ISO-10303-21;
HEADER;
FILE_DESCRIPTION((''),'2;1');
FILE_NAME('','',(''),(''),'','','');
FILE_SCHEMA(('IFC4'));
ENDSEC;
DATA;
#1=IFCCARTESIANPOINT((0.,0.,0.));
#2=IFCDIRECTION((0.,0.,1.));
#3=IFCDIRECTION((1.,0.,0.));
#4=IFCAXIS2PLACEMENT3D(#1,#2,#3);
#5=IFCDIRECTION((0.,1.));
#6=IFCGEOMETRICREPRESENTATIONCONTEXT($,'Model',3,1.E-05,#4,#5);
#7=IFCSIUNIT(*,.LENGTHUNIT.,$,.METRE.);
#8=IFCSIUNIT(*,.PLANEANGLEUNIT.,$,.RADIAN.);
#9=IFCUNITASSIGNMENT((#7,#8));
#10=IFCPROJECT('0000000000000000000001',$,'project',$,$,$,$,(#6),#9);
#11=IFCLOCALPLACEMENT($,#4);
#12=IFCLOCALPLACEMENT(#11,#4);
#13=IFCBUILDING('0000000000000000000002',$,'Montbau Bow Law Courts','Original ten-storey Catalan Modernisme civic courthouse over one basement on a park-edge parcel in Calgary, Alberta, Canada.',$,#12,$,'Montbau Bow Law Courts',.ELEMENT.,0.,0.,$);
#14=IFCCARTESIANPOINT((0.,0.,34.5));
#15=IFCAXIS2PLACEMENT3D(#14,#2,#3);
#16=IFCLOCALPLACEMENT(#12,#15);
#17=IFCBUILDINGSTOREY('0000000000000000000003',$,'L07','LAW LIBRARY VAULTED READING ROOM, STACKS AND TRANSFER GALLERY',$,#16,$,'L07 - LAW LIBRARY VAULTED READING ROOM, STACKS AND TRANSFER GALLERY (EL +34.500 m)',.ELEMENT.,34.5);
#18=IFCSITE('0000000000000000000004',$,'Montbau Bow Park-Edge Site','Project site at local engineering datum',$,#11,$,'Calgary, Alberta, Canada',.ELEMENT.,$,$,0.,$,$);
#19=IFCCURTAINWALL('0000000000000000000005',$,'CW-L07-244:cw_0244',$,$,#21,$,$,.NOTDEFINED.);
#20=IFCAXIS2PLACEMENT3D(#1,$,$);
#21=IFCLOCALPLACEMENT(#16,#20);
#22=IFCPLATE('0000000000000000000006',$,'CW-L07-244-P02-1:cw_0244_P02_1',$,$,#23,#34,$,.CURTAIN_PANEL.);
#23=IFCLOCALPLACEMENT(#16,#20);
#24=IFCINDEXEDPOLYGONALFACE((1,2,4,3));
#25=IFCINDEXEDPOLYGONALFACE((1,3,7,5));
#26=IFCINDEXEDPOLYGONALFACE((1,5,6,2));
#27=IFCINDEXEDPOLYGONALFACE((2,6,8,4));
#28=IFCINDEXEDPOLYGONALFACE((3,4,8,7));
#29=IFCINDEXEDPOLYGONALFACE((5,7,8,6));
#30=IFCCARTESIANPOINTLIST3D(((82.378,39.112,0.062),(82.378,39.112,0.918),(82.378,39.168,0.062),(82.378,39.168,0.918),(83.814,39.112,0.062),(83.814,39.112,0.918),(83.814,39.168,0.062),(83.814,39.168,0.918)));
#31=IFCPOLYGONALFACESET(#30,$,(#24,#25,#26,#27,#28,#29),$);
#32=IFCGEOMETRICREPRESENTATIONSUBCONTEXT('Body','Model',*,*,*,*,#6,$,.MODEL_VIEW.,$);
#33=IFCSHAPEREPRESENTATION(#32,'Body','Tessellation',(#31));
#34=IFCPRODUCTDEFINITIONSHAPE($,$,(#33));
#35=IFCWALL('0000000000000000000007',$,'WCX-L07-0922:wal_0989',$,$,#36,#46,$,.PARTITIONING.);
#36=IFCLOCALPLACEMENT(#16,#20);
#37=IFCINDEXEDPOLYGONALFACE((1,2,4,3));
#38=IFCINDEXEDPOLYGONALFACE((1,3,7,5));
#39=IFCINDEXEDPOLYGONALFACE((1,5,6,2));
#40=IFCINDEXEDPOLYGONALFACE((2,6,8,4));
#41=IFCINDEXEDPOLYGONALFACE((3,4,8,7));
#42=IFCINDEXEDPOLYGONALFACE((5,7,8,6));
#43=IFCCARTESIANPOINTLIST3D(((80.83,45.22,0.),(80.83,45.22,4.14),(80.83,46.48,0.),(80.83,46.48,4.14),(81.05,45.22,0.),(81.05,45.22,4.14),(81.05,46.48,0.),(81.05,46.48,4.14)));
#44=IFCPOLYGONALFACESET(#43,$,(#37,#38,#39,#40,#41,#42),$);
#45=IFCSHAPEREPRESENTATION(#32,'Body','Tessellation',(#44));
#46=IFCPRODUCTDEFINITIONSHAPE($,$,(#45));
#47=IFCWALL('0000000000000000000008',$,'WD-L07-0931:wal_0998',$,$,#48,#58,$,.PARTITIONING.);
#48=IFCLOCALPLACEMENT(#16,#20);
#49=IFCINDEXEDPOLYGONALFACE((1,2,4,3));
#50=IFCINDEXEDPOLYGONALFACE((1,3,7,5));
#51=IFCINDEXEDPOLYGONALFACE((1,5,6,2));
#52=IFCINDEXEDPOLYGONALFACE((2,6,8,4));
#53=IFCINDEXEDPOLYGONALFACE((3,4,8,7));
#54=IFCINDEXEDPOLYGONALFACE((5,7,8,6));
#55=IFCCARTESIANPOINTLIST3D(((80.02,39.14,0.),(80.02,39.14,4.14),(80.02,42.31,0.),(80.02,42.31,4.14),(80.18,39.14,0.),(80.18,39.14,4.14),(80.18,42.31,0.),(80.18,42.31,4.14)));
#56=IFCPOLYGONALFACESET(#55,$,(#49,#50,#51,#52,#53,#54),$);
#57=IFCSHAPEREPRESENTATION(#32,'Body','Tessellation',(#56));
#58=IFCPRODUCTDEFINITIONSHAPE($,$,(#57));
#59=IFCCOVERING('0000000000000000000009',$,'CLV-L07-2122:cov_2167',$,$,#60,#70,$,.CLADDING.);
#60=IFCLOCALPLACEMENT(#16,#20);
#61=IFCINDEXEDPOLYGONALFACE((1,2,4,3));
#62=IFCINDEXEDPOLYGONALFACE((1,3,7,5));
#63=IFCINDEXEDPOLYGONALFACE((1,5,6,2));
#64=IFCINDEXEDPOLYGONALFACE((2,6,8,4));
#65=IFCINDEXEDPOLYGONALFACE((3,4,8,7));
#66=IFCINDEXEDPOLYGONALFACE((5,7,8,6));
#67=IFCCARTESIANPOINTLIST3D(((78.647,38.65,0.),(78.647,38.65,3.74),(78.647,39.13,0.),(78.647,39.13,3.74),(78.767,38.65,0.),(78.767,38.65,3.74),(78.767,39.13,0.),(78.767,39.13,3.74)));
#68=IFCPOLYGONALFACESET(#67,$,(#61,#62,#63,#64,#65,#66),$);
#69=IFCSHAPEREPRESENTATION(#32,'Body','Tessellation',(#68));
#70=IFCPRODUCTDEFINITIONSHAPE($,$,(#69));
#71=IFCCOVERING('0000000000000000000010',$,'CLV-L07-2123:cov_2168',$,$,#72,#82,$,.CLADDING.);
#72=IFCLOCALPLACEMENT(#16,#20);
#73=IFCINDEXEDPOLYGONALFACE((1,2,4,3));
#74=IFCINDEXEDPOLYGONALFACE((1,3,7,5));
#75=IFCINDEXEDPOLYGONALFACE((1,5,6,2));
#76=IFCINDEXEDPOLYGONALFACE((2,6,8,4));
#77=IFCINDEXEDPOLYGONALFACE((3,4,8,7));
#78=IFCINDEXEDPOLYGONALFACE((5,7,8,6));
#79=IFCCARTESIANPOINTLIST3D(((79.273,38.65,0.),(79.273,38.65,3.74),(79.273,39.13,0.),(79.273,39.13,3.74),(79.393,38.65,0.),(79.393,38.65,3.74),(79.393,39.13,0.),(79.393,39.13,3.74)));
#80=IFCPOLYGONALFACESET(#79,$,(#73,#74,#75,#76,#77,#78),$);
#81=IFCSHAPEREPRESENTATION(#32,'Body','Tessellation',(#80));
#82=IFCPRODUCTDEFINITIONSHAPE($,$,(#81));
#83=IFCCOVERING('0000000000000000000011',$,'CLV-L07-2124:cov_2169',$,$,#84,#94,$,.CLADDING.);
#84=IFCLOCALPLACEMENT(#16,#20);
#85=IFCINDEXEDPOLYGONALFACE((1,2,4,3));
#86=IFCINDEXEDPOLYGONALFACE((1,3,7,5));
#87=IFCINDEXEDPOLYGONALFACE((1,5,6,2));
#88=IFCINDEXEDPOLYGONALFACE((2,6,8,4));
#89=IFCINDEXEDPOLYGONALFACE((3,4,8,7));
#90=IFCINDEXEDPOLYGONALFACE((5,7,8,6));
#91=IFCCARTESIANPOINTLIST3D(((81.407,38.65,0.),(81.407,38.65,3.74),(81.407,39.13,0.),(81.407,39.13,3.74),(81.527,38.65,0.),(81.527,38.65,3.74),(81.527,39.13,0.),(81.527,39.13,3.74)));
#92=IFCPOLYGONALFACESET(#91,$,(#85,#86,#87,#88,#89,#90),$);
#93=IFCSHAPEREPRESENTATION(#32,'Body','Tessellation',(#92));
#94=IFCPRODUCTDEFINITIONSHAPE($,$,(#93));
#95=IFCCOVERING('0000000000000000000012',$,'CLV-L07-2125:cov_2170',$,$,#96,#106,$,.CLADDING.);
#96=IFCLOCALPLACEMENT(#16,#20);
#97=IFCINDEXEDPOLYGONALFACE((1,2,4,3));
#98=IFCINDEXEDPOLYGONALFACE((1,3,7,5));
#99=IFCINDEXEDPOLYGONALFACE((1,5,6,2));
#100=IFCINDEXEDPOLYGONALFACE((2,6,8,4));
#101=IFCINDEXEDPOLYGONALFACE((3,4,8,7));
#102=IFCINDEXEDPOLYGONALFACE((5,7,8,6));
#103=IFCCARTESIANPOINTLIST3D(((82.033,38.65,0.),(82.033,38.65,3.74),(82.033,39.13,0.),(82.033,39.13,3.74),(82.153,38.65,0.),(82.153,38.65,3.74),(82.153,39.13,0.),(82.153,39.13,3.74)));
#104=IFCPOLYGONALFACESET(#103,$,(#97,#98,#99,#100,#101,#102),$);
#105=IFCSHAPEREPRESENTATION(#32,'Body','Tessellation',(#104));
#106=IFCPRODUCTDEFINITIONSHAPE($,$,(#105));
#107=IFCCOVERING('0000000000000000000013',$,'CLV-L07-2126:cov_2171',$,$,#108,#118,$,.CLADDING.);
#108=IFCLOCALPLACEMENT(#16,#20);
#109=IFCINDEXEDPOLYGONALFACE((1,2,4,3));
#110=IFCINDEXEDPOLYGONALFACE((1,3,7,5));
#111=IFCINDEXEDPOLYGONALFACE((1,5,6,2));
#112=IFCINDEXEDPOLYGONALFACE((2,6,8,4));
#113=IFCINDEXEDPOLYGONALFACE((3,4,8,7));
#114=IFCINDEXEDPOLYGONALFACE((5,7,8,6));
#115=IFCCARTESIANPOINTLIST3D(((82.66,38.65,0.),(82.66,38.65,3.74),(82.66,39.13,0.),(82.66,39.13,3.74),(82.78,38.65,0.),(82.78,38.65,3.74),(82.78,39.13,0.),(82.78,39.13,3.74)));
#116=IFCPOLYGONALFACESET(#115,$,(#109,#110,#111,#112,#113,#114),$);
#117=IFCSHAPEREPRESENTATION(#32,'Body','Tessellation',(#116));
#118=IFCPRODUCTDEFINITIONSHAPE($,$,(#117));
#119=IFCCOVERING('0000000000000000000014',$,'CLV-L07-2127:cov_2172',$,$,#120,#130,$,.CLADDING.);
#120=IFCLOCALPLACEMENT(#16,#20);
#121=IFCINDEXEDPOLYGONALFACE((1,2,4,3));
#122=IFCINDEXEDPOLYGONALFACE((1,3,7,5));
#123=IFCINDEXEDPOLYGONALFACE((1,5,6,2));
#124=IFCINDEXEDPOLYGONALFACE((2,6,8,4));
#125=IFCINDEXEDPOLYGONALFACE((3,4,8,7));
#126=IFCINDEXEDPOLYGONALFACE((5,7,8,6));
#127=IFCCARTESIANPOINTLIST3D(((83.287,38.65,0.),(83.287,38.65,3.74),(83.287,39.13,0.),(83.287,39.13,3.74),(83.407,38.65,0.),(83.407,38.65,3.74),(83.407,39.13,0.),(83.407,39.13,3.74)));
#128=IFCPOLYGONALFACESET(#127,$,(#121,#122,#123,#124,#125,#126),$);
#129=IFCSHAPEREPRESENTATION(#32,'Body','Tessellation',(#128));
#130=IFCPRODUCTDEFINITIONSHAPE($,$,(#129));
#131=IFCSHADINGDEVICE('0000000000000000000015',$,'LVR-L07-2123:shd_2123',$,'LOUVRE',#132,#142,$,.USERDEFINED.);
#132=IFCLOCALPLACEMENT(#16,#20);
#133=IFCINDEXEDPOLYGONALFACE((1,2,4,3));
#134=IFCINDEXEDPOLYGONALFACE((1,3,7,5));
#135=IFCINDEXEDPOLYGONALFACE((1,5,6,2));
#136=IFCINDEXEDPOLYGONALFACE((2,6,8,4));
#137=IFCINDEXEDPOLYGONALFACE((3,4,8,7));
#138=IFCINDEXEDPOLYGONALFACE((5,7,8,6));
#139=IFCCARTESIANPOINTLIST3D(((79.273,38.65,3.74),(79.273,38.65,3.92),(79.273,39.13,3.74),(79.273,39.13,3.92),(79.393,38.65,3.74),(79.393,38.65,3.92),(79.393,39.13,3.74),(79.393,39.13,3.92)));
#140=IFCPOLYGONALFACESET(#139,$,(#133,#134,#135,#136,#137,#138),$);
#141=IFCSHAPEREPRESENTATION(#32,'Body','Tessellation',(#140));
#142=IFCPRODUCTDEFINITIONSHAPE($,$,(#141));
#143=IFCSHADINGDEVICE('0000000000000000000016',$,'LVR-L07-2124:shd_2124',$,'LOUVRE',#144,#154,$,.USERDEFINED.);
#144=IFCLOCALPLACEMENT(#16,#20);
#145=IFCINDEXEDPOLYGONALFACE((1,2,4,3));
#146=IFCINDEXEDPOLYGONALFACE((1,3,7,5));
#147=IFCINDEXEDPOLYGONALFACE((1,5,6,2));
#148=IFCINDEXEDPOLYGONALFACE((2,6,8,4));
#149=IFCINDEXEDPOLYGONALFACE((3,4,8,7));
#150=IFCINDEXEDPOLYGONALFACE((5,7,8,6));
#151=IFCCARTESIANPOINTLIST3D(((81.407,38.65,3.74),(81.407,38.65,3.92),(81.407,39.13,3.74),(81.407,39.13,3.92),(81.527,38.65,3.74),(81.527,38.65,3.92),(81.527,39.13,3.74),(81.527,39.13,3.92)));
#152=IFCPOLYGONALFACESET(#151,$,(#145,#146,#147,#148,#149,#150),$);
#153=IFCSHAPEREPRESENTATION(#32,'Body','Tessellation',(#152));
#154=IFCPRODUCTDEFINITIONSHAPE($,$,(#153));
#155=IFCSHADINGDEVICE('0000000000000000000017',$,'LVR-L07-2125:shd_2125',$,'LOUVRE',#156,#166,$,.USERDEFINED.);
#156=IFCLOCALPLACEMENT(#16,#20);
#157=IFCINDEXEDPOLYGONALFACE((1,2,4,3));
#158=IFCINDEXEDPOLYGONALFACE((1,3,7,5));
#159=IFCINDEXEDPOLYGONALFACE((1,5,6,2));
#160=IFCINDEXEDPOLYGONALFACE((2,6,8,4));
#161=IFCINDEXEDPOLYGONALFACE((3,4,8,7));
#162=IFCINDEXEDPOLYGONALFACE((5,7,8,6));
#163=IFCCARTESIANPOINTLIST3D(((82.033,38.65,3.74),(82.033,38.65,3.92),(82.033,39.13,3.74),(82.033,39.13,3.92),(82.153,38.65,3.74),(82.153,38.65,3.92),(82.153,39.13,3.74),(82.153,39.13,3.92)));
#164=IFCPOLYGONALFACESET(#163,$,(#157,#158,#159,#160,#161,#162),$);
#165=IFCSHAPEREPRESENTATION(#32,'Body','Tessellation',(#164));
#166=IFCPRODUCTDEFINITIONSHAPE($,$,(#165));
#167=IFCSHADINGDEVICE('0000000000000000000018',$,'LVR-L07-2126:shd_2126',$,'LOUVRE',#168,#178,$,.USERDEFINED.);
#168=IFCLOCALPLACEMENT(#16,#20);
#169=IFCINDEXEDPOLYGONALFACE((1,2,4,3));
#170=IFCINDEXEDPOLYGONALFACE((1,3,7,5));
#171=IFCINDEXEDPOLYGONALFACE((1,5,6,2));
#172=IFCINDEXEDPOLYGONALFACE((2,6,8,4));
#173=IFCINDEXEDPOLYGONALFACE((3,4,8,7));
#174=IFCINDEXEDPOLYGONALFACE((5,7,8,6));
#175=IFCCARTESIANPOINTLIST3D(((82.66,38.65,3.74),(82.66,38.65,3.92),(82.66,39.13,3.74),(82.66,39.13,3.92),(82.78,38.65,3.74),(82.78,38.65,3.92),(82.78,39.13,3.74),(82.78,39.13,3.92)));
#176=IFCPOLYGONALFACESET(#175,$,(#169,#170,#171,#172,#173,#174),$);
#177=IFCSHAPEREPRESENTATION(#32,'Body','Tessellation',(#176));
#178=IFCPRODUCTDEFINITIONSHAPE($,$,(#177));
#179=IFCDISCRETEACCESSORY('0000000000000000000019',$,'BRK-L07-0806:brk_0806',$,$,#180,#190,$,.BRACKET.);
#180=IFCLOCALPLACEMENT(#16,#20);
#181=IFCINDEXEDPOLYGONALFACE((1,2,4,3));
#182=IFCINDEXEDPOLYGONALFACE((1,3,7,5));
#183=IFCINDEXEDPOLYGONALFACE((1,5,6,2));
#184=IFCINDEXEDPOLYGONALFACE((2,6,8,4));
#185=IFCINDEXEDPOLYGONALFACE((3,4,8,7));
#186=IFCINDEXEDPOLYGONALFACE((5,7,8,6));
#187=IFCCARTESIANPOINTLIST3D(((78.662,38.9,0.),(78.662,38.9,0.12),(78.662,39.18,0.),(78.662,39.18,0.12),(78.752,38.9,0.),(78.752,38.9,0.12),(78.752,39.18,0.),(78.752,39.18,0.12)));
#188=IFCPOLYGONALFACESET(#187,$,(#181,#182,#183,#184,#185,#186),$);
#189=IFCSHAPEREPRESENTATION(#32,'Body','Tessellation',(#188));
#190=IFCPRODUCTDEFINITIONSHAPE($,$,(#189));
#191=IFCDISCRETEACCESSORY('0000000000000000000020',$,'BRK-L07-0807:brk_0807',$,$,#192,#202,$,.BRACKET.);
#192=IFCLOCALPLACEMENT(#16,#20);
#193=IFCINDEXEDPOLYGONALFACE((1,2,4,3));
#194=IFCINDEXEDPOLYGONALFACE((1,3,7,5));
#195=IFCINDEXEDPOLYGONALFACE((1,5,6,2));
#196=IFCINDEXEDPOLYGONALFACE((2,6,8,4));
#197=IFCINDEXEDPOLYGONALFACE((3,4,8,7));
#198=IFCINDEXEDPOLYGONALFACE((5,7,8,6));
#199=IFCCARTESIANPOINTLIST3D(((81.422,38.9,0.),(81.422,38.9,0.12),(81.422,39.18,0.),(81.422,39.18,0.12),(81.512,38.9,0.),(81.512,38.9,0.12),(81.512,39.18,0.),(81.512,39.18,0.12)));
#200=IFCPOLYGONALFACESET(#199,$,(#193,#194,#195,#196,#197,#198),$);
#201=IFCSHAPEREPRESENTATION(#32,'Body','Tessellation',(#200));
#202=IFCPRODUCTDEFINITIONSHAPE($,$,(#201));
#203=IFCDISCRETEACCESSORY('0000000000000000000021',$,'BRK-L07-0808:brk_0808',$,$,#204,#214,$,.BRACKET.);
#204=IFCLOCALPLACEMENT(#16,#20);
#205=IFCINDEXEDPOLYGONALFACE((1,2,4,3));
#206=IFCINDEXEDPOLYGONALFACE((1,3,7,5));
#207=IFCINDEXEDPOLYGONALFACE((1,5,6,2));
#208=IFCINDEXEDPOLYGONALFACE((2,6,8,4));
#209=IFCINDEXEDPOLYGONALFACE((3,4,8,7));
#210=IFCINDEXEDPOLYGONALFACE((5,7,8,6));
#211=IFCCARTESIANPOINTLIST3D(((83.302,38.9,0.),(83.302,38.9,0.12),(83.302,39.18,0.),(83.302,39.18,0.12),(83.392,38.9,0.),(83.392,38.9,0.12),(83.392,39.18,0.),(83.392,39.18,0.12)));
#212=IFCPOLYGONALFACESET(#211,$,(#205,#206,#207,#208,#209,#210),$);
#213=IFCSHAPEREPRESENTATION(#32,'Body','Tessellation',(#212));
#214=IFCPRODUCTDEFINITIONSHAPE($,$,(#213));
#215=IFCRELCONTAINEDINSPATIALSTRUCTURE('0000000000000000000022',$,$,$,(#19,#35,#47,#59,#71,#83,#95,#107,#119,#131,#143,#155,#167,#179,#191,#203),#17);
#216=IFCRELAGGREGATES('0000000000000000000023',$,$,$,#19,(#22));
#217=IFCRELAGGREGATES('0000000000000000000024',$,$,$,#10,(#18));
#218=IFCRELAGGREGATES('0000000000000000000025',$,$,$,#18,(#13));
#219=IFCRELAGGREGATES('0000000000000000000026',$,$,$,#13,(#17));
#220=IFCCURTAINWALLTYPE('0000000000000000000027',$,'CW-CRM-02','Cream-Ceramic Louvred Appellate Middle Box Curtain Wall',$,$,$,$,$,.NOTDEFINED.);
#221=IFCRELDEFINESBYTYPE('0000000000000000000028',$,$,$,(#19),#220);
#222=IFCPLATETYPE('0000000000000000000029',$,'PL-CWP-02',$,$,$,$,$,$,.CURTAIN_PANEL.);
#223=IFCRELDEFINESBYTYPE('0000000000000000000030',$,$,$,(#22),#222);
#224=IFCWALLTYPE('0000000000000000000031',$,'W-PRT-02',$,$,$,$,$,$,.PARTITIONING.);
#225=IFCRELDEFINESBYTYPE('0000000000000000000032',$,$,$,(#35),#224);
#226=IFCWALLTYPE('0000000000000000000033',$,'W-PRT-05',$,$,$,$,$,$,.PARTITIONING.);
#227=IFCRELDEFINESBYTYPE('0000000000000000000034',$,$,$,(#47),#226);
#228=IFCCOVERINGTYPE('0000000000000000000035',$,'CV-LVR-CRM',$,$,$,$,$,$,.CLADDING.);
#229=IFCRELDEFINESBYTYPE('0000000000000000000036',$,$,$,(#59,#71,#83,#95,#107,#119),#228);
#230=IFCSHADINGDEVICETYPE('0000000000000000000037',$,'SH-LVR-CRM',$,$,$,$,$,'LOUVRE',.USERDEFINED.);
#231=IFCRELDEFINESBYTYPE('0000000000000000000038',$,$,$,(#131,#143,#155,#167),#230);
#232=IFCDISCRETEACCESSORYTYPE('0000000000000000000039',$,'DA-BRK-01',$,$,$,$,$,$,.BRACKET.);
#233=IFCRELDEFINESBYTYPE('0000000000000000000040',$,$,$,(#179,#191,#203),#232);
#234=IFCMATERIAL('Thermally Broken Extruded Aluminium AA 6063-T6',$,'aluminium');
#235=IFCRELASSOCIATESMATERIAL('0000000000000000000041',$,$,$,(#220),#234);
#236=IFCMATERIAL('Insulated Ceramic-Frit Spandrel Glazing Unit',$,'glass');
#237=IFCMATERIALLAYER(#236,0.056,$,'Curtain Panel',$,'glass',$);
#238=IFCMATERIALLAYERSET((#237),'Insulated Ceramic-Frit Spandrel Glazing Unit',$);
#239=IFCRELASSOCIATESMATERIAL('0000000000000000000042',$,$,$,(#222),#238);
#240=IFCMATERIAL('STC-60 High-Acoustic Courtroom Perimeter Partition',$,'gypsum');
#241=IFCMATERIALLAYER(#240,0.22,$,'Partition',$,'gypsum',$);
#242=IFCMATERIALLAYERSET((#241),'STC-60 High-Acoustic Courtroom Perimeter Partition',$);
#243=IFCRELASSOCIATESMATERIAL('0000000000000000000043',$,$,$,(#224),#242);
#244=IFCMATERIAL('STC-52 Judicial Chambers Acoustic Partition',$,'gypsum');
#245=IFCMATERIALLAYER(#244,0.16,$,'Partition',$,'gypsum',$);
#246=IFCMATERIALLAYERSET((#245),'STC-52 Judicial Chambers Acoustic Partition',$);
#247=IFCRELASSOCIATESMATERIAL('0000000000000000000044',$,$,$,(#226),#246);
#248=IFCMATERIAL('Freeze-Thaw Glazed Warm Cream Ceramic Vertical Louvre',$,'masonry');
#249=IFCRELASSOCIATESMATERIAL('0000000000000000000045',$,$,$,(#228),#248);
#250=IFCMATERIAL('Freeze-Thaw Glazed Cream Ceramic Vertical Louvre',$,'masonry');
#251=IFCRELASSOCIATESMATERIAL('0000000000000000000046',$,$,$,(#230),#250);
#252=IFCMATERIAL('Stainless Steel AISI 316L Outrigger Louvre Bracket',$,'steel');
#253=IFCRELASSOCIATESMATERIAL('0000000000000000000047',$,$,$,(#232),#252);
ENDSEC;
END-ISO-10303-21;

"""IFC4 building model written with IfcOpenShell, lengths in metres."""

from ifc_helpers import new_model, si_unit, direction, frame, frame_2d, origin_with_axes, origin_2d_with_axis, place, context, subcontext, project, spatial, rectangle, extrude, material, layer, layer_set, type_object, element, aggregate, save


model = new_model("IFC4")

# Units and contexts
model_context = context("Model", 3, precision=1e-05, world=origin_with_axes(), true_north=direction((0.0, 1.0)))
body_context = subcontext(model_context, "Body", "Model", "MODEL_VIEW")
ifc_project = project(units=[si_unit("LENGTHUNIT", "METRE"), si_unit("PLANEANGLEUNIT", "RADIAN")], contexts=[model_context])

# Site, building, storey
site_placement = place(None, origin_with_axes())
site = spatial("IfcSite", under=ifc_project, at=site_placement, Name="Montbau Bow Park-Edge Site", Description="Project site at local engineering datum", LongName="Calgary, Alberta, Canada", CompositionType="ELEMENT", RefElevation=0.0)
building_placement = place(site_placement, origin_with_axes())
building = spatial("IfcBuilding", under=site, at=building_placement, Name="Montbau Bow Law Courts", Description="Original ten-storey Catalan Modernisme civic courthouse over one basement on a park-edge parcel in Calgary, Alberta, Canada.", LongName="Montbau Bow Law Courts", CompositionType="ELEMENT", ElevationOfRefHeight=0.0, ElevationOfTerrain=0.0)
storey_placement = place(building_placement, frame((0.0, 0.0, 34.5), z_axis=(0.0, 0.0, 1.0), x_axis=(1.0, 0.0, 0.0)))
storey = spatial("IfcBuildingStorey", under=building, at=storey_placement, Name="L07", Description="LAW LIBRARY VAULTED READING ROOM, STACKS AND TRANSFER GALLERY", LongName="L07 - LAW LIBRARY VAULTED READING ROOM, STACKS AND TRANSFER GALLERY (EL +34.500 m)", CompositionType="ELEMENT", Elevation=34.5)

# Shared definitions
ifc_material_1 = material(Name="Thermally Broken Extruded Aluminium AA 6063-T6", Category="aluminium")
curtain_wall_type = type_object("IfcCurtainWallType", Name="CW-CRM-02", Description="Cream-Ceramic Louvred Appellate Middle Box Curtain Wall", PredefinedType="NOTDEFINED", material=ifc_material_1)

# Curtain wall, plate
curtain_wall_1_placement = place(None, frame((80.84, 39.14, 34.5), z_axis=(0.0, 0.0, 1.0), x_axis=(1.0, 0.0, 0.0)))
curtain_wall_1 = element("IfcCurtainWall", 1, at=curtain_wall_1_placement, inside=storey, type_object=curtain_wall_type, Name="CW-L07-244:cw_0244", PredefinedType="NOTDEFINED")
ifc_material_2 = material(Name="Insulated Ceramic-Frit Spandrel Glazing Unit", Category="glass")
ifc_layer_1 = layer(ifc_material_2, 0.056, Name="Curtain Panel", Category="glass")
ifc_layer_set_1 = layer_set([ifc_layer_1], Name="Insulated Ceramic-Frit Spandrel Glazing Unit")
plate_type_1 = type_object("IfcPlateType", Name="PL-CWP-02", PredefinedType="CURTAIN_PANEL", material=ifc_layer_set_1)
plate_1_placement = place(None, frame((82.378, 39.14, 34.562), z_axis=(0.0, -1.0, 0.0), x_axis=(1.0, 0.0, 0.0)))
plate_1 = element("IfcPlate", 2, at=plate_1_placement, type_object=plate_type_1, Name="CW-L07-244-P02-1:cw_0244_P02_1", PredefinedType="CURTAIN_PANEL", context=body_context, shape_type="SweptSolid", body=[
    extrude(rectangle(XDim=1.436, YDim=0.856, at=frame_2d((0.718, 0.428), x_axis=(1.0, 0.0))), frame((0.0, 0.0, -0.028), z_axis=(0.0, 0.0, 1.0), x_axis=(1.0, 0.0, 0.0)), (0.0, 0.0, 1.0), 0.056),
])
aggregate(curtain_wall_1, [plate_1])

# Walls
ifc_material_3 = material(Name="STC-60 High-Acoustic Courtroom Perimeter Partition", Category="gypsum")
ifc_layer_2 = layer(ifc_material_3, 0.22, Name="Partition", Category="gypsum")
ifc_layer_set_2 = layer_set([ifc_layer_2], Name="STC-60 High-Acoustic Courtroom Perimeter Partition")
wall_type_1 = type_object("IfcWallType", Name="W-PRT-02", PredefinedType="PARTITIONING", material=ifc_layer_set_2)
wall_1_placement = place(None, frame((80.94, 45.22, 34.5), z_axis=(0.0, 0.0, 1.0), x_axis=(0.0, 1.0, 0.0)))
element("IfcWall", 3, at=wall_1_placement, inside=storey, type_object=wall_type_1, Name="WCX-L07-0922:wal_0989", PredefinedType="PARTITIONING", context=body_context, shape_type="SweptSolid", body=[
    extrude(rectangle(XDim=1.26, YDim=0.22, at=frame_2d((0.63, 0.0), x_axis=(1.0, 0.0))), origin_with_axes(), (0.0, 0.0, 1.0), 4.14),
])
ifc_material_4 = material(Name="STC-52 Judicial Chambers Acoustic Partition", Category="gypsum")
ifc_layer_3 = layer(ifc_material_4, 0.16, Name="Partition", Category="gypsum")
ifc_layer_set_3 = layer_set([ifc_layer_3], Name="STC-52 Judicial Chambers Acoustic Partition")
wall_type_2 = type_object("IfcWallType", Name="W-PRT-05", PredefinedType="PARTITIONING", material=ifc_layer_set_3)
wall_2_placement = place(None, frame((80.1, 39.14, 34.5), z_axis=(0.0, 0.0, 1.0), x_axis=(0.0, 1.0, 0.0)))
element("IfcWall", 4, at=wall_2_placement, inside=storey, type_object=wall_type_2, Name="WD-L07-0931:wal_0998", PredefinedType="PARTITIONING", context=body_context, shape_type="SweptSolid", body=[
    extrude(rectangle(XDim=3.17, YDim=0.16, at=frame_2d((1.585, 0.0), x_axis=(1.0, 0.0))), origin_with_axes(), (0.0, 0.0, 1.0), 4.14),
])

# Coverings
ifc_material_5 = material(Name="Freeze-Thaw Glazed Warm Cream Ceramic Vertical Louvre", Category="masonry")
covering_type = type_object("IfcCoveringType", Name="CV-LVR-CRM", PredefinedType="CLADDING", material=ifc_material_5)
for number, where, z_axis, x_axis, name in (
    (5, (78.707, 39.13, 34.5), (-1.0, 0.0, 0.0), (0.0, -1.0, 0.0), "CLV-L07-2122:cov_2167"),
    (6, (79.333, 39.13, 34.5), (-1.0, 0.0, 0.0), (0.0, -1.0, 0.0), "CLV-L07-2123:cov_2168"),
    (7, (81.467, 39.13, 34.5), (-1.0, 0.0, 0.0), (0.0, -1.0, 0.0), "CLV-L07-2124:cov_2169"),
    (8, (82.093, 39.13, 34.5), (-1.0, 0.0, 0.0), (0.0, -1.0, 0.0), "CLV-L07-2125:cov_2170"),
    (9, (82.72, 39.13, 34.5), (-1.0, 0.0, 0.0), (0.0, -1.0, 0.0), "CLV-L07-2126:cov_2171"),
    (10, (83.347, 39.13, 34.5), (-1.0, 0.0, 0.0), (0.0, -1.0, 0.0), "CLV-L07-2127:cov_2172"),
):
    element("IfcCovering", number, at=place(None, frame(where, z_axis=z_axis, x_axis=x_axis)), inside=storey, type_object=covering_type, Name=name, PredefinedType="CLADDING", context=body_context, shape_type="SweptSolid", body=[
        extrude(rectangle(XDim=0.48, YDim=3.74, at=frame_2d((0.24, 1.87), x_axis=(1.0, 0.0))), frame((0.0, 0.0, -0.06), z_axis=(0.0, 0.0, 1.0), x_axis=(1.0, 0.0, 0.0)), (0.0, 0.0, 1.0), 0.12),
    ])

# Shading devices
ifc_material_6 = material(Name="Freeze-Thaw Glazed Cream Ceramic Vertical Louvre", Category="masonry")
shading_device_type = type_object("IfcShadingDeviceType", Name="SH-LVR-CRM", ElementType="LOUVRE", PredefinedType="USERDEFINED", material=ifc_material_6)
for number, where, z_axis, x_axis, name in (
    (11, (79.333, 38.89, 38.24), (0.0, 0.0, 1.0), (0.0, -1.0, 0.0), "LVR-L07-2123:shd_2123"),
    (12, (81.467, 38.89, 38.24), (0.0, 0.0, 1.0), (0.0, -1.0, 0.0), "LVR-L07-2124:shd_2124"),
    (13, (82.093, 38.89, 38.24), (0.0, 0.0, 1.0), (0.0, -1.0, 0.0), "LVR-L07-2125:shd_2125"),
    (14, (82.72, 38.89, 38.24), (0.0, 0.0, 1.0), (0.0, -1.0, 0.0), "LVR-L07-2126:shd_2126"),
):
    element("IfcShadingDevice", number, at=place(None, frame(where, z_axis=z_axis, x_axis=x_axis)), inside=storey, type_object=shading_device_type, Name=name, ObjectType="LOUVRE", PredefinedType="USERDEFINED", context=body_context, shape_type="SweptSolid", body=[
        extrude(rectangle(XDim=0.48, YDim=0.12, at=origin_2d_with_axis()), origin_with_axes(), (0.0, 0.0, 1.0), 0.18),
    ])

# Discrete accessories
ifc_material_7 = material(Name="Stainless Steel AISI 316L Outrigger Louvre Bracket", Category="steel")
discrete_accessory_type = type_object("IfcDiscreteAccessoryType", Name="DA-BRK-01", PredefinedType="BRACKET", material=ifc_material_7)
for number, where, z_axis, x_axis, name in (
    (15, (78.707, 39.04, 34.5), (0.0, 0.0, 1.0), (0.0, -1.0, 0.0), "BRK-L07-0806:brk_0806"),
    (16, (81.467, 39.04, 34.5), (0.0, 0.0, 1.0), (0.0, -1.0, 0.0), "BRK-L07-0807:brk_0807"),
    (17, (83.347, 39.04, 34.5), (0.0, 0.0, 1.0), (0.0, -1.0, 0.0), "BRK-L07-0808:brk_0808"),
):
    element("IfcDiscreteAccessory", number, at=place(None, frame(where, z_axis=z_axis, x_axis=x_axis)), inside=storey, type_object=discrete_accessory_type, Name=name, PredefinedType="BRACKET", context=body_context, shape_type="SweptSolid", body=[
        extrude(rectangle(XDim=0.28, YDim=0.09, at=origin_2d_with_axis()), origin_with_axes(), (0.0, 0.0, 1.0), 0.12),
    ])

save(model, "model.ifc")
